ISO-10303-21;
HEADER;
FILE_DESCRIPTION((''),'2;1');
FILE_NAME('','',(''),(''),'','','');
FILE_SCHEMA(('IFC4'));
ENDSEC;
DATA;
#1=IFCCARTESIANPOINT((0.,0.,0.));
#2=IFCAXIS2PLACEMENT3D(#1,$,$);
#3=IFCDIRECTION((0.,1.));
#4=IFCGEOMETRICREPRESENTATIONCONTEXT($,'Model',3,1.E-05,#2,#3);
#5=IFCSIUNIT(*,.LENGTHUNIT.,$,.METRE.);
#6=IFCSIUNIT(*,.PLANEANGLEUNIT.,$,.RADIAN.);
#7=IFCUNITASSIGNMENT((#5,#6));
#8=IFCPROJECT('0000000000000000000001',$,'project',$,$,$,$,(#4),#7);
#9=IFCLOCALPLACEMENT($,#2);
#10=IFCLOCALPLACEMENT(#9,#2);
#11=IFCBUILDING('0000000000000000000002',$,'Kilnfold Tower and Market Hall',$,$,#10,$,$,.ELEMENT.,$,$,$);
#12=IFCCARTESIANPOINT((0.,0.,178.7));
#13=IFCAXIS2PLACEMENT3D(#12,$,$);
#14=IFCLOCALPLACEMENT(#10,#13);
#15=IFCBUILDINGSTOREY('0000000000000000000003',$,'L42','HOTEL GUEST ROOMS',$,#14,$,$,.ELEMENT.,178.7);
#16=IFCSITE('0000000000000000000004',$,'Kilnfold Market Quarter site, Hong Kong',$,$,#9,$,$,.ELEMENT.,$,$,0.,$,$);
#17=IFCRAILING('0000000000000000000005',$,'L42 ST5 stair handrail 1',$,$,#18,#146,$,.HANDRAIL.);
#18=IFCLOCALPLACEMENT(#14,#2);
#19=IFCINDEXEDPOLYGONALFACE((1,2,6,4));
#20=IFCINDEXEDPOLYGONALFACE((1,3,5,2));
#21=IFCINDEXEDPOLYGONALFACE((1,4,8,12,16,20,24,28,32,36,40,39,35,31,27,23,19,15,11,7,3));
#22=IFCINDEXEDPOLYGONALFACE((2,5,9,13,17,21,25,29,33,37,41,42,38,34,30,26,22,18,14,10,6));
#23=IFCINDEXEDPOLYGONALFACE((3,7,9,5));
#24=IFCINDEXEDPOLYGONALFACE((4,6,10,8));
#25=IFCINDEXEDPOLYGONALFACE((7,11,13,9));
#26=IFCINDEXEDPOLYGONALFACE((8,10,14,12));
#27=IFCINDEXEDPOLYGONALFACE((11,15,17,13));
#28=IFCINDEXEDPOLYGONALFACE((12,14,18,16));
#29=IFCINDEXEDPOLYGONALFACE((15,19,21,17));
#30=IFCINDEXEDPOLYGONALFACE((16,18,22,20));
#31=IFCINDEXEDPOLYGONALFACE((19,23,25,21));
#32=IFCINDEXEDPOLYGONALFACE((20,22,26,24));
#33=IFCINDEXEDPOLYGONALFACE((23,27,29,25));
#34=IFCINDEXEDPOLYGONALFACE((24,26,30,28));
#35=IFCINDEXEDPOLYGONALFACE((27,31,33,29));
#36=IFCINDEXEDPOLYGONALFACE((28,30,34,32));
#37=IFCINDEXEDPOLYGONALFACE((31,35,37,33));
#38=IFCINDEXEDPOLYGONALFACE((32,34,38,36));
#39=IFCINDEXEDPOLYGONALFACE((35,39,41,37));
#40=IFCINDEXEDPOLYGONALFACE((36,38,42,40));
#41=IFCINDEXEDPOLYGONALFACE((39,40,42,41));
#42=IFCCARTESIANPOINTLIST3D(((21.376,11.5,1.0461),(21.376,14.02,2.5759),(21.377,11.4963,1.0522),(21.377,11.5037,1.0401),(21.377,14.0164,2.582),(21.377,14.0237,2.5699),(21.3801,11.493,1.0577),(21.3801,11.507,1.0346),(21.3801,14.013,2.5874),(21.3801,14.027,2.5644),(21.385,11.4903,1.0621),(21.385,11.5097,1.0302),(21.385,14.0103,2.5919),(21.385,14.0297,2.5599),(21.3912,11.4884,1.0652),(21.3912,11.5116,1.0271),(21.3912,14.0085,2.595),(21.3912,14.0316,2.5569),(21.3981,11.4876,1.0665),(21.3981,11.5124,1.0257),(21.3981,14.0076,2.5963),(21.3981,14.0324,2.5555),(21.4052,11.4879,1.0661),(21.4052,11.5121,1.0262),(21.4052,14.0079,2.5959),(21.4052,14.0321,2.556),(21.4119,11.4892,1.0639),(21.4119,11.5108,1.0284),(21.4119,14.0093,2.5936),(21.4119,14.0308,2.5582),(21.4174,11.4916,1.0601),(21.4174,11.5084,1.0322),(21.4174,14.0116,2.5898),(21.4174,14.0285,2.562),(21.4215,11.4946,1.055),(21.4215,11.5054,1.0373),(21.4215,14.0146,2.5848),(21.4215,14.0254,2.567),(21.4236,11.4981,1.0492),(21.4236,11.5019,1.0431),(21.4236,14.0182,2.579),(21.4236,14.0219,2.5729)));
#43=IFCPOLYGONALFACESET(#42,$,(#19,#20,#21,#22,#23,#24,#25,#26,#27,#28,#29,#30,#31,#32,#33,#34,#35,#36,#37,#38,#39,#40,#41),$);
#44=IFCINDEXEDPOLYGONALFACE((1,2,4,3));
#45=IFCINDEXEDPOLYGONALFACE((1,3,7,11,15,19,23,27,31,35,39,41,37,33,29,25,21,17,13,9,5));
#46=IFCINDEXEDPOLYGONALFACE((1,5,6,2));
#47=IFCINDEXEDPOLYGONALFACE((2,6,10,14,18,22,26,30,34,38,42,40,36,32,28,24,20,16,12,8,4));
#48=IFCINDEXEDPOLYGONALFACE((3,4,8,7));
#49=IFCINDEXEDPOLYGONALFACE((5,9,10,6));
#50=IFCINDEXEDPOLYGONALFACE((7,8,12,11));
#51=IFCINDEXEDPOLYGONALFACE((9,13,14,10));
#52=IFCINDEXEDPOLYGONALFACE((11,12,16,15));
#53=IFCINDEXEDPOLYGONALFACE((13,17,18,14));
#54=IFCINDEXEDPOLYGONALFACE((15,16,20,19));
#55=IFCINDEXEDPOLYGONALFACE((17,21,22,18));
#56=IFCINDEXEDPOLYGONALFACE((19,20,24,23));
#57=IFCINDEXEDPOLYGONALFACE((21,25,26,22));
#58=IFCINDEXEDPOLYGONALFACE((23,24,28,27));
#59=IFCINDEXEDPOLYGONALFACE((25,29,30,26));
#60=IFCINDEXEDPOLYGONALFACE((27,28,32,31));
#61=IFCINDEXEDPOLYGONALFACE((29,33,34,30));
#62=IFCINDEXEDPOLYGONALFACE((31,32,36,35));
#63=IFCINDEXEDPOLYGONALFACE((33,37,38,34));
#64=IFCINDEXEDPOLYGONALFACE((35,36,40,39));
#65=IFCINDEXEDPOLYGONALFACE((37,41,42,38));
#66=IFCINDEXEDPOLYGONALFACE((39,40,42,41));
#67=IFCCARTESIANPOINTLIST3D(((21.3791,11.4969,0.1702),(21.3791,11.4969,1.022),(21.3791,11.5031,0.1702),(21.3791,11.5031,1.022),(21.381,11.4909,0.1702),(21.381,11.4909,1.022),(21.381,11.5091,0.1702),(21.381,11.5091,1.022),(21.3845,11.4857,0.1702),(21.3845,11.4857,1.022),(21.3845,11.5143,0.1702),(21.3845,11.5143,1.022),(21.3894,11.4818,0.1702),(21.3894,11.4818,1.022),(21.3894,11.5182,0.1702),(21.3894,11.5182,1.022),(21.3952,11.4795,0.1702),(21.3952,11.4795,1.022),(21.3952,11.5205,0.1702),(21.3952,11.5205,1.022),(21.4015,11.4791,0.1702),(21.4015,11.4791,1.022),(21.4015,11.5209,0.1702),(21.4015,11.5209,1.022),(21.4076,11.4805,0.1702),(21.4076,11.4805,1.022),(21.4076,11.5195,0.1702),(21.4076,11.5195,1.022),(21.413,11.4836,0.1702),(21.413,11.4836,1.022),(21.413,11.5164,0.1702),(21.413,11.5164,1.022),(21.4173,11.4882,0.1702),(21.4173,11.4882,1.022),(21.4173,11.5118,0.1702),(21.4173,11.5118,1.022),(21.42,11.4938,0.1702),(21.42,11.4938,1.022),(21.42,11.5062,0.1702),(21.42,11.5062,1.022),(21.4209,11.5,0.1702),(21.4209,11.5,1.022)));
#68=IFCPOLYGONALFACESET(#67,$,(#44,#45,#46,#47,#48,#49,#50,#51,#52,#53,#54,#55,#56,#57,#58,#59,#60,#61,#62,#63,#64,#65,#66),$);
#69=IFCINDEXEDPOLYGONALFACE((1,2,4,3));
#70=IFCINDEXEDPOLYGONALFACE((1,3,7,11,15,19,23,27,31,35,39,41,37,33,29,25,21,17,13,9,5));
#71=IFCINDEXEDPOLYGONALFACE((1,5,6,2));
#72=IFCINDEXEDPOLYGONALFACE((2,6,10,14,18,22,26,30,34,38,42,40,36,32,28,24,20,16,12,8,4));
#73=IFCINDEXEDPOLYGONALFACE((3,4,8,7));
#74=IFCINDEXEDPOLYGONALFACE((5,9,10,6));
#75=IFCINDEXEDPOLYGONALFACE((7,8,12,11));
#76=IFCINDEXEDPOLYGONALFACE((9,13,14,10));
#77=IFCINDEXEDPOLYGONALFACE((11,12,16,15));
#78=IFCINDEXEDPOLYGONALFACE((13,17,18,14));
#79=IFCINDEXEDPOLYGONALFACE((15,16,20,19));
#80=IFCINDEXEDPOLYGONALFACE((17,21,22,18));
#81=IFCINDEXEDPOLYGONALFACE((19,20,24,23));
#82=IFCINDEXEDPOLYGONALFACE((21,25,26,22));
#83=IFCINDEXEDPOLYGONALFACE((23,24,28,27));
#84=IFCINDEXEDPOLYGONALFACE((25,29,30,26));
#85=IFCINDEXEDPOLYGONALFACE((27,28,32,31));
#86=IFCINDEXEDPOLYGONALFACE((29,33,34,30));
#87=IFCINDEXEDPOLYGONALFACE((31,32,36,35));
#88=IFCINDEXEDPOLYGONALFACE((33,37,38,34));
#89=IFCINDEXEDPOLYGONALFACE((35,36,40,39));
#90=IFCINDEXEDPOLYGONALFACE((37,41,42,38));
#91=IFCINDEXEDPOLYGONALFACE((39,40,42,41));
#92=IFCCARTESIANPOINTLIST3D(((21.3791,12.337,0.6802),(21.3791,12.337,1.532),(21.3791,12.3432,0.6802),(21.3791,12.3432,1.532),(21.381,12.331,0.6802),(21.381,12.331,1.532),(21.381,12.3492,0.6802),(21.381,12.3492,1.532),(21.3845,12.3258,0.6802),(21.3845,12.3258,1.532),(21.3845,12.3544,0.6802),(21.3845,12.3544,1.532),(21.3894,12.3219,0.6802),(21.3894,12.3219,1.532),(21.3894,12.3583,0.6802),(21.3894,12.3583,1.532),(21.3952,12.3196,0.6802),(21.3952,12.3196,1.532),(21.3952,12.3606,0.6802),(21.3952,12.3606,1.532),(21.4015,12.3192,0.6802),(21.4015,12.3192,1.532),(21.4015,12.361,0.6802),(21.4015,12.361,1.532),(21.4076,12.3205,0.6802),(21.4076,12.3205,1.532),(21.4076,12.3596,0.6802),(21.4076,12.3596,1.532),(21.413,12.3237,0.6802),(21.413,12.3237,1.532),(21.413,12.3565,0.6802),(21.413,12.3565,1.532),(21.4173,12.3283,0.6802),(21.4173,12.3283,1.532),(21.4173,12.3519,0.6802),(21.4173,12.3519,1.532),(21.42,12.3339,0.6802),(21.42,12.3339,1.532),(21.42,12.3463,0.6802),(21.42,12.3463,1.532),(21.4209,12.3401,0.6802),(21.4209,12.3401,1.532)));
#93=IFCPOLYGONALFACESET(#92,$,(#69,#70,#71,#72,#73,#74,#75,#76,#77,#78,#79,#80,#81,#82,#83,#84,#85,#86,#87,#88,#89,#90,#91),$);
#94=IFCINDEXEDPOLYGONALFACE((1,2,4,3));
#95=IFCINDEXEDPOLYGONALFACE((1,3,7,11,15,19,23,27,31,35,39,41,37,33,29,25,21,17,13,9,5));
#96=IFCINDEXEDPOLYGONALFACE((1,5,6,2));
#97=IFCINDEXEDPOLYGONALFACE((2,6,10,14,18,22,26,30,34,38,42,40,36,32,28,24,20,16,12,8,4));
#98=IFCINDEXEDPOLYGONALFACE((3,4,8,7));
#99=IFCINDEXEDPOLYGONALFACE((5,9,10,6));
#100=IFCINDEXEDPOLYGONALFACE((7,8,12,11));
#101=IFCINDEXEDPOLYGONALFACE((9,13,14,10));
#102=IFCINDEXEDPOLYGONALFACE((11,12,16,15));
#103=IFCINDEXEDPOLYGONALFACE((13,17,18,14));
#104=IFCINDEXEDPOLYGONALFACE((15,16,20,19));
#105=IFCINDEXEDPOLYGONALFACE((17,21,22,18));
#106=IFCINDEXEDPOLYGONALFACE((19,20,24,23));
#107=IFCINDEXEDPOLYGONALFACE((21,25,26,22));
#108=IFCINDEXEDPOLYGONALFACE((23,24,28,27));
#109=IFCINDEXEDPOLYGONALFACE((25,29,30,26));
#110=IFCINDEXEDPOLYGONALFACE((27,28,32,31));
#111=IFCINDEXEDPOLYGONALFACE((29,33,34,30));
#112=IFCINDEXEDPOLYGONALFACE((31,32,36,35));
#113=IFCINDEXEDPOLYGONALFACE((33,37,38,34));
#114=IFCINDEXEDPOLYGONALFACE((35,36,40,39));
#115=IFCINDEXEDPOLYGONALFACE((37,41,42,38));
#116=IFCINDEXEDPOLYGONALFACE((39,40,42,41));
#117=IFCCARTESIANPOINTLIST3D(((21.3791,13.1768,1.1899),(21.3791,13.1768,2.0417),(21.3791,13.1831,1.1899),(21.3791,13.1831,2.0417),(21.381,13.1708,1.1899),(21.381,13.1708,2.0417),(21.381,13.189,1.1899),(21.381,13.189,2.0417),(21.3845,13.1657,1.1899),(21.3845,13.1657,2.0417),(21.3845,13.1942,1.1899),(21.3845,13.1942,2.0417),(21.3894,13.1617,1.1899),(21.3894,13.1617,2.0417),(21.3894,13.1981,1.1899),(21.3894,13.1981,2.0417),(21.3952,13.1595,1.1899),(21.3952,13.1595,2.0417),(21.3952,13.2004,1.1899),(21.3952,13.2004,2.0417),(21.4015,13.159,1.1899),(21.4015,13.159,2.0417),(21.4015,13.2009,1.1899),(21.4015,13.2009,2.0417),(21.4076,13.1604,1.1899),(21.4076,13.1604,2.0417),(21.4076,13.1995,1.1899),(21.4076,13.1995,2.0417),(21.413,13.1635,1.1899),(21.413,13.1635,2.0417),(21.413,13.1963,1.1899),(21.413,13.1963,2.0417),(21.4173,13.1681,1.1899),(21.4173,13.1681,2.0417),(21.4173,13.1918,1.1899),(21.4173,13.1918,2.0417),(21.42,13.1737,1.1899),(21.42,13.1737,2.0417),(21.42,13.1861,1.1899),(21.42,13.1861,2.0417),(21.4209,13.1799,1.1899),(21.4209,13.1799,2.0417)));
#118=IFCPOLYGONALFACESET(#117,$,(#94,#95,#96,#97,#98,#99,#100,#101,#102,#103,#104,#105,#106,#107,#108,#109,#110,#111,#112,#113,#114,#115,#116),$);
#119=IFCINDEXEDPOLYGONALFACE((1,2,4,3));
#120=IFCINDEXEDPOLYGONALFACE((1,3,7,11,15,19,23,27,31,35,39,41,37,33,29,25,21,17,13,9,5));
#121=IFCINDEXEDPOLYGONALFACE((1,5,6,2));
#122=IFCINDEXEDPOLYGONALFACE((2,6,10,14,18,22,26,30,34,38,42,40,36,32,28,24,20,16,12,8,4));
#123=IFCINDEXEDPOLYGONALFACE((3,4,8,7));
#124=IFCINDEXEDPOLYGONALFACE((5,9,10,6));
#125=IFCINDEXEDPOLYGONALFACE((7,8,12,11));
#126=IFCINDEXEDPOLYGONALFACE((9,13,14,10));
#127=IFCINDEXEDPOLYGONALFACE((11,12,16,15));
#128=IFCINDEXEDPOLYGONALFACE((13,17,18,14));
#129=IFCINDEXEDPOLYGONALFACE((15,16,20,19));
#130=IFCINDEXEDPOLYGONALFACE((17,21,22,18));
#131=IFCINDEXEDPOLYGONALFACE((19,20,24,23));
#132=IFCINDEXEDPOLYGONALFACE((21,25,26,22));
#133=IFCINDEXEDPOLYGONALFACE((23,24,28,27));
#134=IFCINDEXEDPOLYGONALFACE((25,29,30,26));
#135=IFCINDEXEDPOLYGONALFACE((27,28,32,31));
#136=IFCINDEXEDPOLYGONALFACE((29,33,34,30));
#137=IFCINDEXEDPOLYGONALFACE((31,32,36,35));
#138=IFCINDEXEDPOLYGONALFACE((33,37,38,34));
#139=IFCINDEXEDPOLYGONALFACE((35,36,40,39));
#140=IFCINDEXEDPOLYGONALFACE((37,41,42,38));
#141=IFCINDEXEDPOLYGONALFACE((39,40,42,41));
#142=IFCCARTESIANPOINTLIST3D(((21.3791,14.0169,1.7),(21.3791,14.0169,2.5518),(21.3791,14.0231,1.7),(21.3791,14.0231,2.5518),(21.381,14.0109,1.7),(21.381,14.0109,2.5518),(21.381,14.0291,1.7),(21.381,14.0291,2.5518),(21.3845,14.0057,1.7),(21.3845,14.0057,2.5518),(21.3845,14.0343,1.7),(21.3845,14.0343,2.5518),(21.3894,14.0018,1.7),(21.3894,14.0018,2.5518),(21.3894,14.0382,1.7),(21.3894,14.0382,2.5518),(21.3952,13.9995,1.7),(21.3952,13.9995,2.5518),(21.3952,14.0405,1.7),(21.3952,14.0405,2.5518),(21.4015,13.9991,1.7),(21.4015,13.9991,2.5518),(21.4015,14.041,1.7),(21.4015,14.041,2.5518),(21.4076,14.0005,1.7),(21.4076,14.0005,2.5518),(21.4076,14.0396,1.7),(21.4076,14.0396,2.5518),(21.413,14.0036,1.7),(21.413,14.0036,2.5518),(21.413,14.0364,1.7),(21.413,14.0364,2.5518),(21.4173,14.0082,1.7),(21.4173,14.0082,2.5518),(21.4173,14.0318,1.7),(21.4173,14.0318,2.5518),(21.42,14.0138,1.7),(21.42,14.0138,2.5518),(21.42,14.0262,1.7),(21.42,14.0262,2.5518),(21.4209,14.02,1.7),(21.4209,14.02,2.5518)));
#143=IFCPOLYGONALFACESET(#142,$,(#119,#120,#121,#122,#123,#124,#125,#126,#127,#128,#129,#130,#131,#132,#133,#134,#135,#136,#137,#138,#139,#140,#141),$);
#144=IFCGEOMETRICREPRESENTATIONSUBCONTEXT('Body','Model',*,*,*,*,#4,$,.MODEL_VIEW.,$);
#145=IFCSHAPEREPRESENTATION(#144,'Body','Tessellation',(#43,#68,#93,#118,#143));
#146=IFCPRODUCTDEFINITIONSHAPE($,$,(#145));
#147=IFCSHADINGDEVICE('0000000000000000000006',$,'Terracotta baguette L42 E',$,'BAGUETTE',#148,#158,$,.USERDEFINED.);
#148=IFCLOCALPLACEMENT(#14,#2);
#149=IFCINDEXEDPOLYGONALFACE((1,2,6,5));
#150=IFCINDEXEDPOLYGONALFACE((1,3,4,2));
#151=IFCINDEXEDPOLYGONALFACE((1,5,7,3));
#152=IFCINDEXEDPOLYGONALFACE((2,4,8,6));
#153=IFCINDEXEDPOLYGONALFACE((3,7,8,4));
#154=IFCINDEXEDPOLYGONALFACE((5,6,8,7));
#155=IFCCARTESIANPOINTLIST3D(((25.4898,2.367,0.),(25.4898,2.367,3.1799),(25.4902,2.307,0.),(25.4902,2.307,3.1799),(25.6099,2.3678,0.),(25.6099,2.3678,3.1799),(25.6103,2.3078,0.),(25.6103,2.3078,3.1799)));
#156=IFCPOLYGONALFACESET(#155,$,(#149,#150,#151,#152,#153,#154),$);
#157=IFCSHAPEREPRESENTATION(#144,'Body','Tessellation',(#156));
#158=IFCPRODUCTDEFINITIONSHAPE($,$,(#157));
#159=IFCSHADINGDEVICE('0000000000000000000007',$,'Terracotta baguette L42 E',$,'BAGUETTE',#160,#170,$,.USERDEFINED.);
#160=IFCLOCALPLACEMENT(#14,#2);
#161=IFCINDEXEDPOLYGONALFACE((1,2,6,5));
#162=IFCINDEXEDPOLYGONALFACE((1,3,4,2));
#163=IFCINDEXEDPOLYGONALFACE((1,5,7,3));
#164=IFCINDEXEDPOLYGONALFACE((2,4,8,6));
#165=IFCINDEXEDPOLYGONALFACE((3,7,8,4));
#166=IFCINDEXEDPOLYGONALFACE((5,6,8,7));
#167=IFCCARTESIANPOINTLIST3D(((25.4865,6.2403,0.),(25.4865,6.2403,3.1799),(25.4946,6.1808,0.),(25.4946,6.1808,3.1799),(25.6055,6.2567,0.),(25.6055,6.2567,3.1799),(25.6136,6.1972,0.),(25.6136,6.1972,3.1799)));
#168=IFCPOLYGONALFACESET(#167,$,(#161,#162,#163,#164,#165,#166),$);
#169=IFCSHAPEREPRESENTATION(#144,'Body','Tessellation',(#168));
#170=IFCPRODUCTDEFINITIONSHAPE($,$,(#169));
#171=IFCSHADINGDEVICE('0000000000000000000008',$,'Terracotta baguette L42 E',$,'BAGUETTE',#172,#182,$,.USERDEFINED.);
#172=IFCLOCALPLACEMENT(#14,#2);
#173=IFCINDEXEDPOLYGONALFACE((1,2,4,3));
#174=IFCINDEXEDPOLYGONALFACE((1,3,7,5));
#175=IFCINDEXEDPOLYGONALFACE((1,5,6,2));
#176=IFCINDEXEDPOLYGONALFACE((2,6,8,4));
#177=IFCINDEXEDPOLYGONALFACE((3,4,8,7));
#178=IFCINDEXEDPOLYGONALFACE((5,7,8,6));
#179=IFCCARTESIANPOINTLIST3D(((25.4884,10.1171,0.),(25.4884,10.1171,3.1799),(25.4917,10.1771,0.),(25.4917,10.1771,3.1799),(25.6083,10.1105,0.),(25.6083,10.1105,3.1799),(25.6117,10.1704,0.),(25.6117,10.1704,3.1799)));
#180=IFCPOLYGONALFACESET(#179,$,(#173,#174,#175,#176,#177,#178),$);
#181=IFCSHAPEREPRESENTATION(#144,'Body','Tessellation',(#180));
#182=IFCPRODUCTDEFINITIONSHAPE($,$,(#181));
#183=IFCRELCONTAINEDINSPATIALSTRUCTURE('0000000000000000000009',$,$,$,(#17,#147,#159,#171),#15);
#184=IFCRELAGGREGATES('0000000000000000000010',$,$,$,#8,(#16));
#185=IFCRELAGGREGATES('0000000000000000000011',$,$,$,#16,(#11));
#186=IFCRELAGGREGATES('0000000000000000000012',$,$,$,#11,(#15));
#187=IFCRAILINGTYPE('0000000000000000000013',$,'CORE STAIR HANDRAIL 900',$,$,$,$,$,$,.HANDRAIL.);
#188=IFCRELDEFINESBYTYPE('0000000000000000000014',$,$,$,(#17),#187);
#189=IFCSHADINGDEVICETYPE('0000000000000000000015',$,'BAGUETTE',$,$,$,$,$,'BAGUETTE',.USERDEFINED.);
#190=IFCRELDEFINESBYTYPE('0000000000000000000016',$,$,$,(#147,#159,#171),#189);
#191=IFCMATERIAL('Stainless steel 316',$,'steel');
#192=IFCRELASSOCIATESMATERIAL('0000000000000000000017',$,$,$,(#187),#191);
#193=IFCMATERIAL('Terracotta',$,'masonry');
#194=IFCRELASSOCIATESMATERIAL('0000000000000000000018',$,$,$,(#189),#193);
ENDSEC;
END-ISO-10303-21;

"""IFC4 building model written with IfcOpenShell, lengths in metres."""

from ifc_helpers import new_model, si_unit, direction, frame, origin, origin_2d, place, context, subcontext, project, spatial, rectangle, circle, extrude, source, transform, mapped, material, material_profile, profile_set, type_object, element, save


model = new_model("IFC4")

# Units and contexts
model_context = context("Model", 3, precision=1e-05, world=origin(), true_north=direction((0.0, 1.0)))
body_context = subcontext(model_context, "Body", "Model", "MODEL_VIEW")
ifc_project = project(units=[si_unit("LENGTHUNIT", "METRE"), si_unit("PLANEANGLEUNIT", "RADIAN")], contexts=[model_context])

# Site, building, storey
site_placement = place(None, origin())
site = spatial("IfcSite", under=ifc_project, at=site_placement, Name="Kilnfold Market Quarter site, Hong Kong", CompositionType="ELEMENT", RefElevation=0.0)
building_placement = place(site_placement, origin())
building = spatial("IfcBuilding", under=site, at=building_placement, Name="Kilnfold Tower and Market Hall", CompositionType="ELEMENT")
storey_placement = place(building_placement, frame((0.0, 0.0, 178.7)))
storey = spatial("IfcBuildingStorey", under=building, at=storey_placement, Name="L42", Description="HOTEL GUEST ROOMS", CompositionType="ELEMENT", Elevation=178.7)

# Railing
ifc_material_1 = material(Name="Stainless steel 316", Category="steel")
railing_type_1 = type_object("IfcRailingType", Name="CORE STAIR HANDRAIL 900", PredefinedType="HANDRAIL", material=ifc_material_1)
for number, where, name in (
    (1, (21.3999, 11.5, 0.1702), "L42 ST5 stair handrail 1"),
):
    element("IfcRailing", number, at=place(storey_placement, frame(where)), inside=storey, type_object=railing_type_1, Name=name, PredefinedType="HANDRAIL", context=body_context, shape_type="SweptSolid", body=[
        extrude(circle(Radius=0.0239, at=origin_2d()), frame((0.0, 0.0, 0.876), z_axis=(0.0, 0.854822, 0.518922), x_axis=(-1.0, 0.0, 0.0)), (0.0, 0.0, 1.0), 2.948),
        extrude(circle(Radius=0.021, at=origin_2d()), origin(), (0.0, 0.0, 1.0), 0.8518),
        extrude(circle(Radius=0.021, at=origin_2d()), frame((0.0, 0.8401, 0.51)), (0.0, 0.0, 1.0), 0.8518),
        extrude(circle(Radius=0.021, at=origin_2d()), frame((0.0, 1.6799, 1.0198)), (0.0, 0.0, 1.0), 0.8518),
        extrude(circle(Radius=0.021, at=origin_2d()), frame((0.0, 2.52, 1.5298)), (0.0, 0.0, 1.0), 0.8518),
    ])

# Shading devices
ifc_material_2 = material(Name="Terracotta", Category="masonry")
ifc_material_profile_1 = material_profile(ifc_material_2, rectangle(XDim=0.0601, YDim=0.1201, at=origin_2d()), Name="BAG 60x120")
ifc_profile_set_1 = profile_set([ifc_material_profile_1], Name="Terracotta")
shading_device_type = type_object("IfcShadingDeviceType", Name="BAGUETTE", ElementType="BAGUETTE", PredefinedType="USERDEFINED", material=ifc_profile_set_1)
shared_shape_1 = source(origin(), body_context, "Body", "SweptSolid", [
    extrude(rectangle(XDim=0.0601, YDim=0.1201, at=origin_2d()), origin(), (0.0, 0.0, 1.0), 3.1799),
])
for number, where, z_axis, x_axis, name in (
    (2, (25.55, 2.3374, 0.0), (0.0, 0.0, 1.0), (-0.006592, 0.999978, 0.0), "Terracotta baguette L42 E"),
    (3, (25.55, 6.2188, 0.0), (0.0, 0.0, 1.0), (-0.135888, 0.990724, 0.0), "Terracotta baguette L42 E"),
    (4, (25.55, 10.1438, 0.0), (0.0, 0.0, 1.0), (0.05551, 0.998458, 0.0), "Terracotta baguette L42 E"),
):
    element("IfcShadingDevice", number, at=place(storey_placement, frame(where, z_axis=z_axis, x_axis=x_axis)), inside=storey, type_object=shading_device_type, Name=name, ObjectType="BAGUETTE", PredefinedType="USERDEFINED", context=body_context, shape_type="MappedRepresentation", body=[
        mapped(shared_shape_1, transform((0.0, 0.0, 0.0))),
    ])

save(model, "model.ifc")
